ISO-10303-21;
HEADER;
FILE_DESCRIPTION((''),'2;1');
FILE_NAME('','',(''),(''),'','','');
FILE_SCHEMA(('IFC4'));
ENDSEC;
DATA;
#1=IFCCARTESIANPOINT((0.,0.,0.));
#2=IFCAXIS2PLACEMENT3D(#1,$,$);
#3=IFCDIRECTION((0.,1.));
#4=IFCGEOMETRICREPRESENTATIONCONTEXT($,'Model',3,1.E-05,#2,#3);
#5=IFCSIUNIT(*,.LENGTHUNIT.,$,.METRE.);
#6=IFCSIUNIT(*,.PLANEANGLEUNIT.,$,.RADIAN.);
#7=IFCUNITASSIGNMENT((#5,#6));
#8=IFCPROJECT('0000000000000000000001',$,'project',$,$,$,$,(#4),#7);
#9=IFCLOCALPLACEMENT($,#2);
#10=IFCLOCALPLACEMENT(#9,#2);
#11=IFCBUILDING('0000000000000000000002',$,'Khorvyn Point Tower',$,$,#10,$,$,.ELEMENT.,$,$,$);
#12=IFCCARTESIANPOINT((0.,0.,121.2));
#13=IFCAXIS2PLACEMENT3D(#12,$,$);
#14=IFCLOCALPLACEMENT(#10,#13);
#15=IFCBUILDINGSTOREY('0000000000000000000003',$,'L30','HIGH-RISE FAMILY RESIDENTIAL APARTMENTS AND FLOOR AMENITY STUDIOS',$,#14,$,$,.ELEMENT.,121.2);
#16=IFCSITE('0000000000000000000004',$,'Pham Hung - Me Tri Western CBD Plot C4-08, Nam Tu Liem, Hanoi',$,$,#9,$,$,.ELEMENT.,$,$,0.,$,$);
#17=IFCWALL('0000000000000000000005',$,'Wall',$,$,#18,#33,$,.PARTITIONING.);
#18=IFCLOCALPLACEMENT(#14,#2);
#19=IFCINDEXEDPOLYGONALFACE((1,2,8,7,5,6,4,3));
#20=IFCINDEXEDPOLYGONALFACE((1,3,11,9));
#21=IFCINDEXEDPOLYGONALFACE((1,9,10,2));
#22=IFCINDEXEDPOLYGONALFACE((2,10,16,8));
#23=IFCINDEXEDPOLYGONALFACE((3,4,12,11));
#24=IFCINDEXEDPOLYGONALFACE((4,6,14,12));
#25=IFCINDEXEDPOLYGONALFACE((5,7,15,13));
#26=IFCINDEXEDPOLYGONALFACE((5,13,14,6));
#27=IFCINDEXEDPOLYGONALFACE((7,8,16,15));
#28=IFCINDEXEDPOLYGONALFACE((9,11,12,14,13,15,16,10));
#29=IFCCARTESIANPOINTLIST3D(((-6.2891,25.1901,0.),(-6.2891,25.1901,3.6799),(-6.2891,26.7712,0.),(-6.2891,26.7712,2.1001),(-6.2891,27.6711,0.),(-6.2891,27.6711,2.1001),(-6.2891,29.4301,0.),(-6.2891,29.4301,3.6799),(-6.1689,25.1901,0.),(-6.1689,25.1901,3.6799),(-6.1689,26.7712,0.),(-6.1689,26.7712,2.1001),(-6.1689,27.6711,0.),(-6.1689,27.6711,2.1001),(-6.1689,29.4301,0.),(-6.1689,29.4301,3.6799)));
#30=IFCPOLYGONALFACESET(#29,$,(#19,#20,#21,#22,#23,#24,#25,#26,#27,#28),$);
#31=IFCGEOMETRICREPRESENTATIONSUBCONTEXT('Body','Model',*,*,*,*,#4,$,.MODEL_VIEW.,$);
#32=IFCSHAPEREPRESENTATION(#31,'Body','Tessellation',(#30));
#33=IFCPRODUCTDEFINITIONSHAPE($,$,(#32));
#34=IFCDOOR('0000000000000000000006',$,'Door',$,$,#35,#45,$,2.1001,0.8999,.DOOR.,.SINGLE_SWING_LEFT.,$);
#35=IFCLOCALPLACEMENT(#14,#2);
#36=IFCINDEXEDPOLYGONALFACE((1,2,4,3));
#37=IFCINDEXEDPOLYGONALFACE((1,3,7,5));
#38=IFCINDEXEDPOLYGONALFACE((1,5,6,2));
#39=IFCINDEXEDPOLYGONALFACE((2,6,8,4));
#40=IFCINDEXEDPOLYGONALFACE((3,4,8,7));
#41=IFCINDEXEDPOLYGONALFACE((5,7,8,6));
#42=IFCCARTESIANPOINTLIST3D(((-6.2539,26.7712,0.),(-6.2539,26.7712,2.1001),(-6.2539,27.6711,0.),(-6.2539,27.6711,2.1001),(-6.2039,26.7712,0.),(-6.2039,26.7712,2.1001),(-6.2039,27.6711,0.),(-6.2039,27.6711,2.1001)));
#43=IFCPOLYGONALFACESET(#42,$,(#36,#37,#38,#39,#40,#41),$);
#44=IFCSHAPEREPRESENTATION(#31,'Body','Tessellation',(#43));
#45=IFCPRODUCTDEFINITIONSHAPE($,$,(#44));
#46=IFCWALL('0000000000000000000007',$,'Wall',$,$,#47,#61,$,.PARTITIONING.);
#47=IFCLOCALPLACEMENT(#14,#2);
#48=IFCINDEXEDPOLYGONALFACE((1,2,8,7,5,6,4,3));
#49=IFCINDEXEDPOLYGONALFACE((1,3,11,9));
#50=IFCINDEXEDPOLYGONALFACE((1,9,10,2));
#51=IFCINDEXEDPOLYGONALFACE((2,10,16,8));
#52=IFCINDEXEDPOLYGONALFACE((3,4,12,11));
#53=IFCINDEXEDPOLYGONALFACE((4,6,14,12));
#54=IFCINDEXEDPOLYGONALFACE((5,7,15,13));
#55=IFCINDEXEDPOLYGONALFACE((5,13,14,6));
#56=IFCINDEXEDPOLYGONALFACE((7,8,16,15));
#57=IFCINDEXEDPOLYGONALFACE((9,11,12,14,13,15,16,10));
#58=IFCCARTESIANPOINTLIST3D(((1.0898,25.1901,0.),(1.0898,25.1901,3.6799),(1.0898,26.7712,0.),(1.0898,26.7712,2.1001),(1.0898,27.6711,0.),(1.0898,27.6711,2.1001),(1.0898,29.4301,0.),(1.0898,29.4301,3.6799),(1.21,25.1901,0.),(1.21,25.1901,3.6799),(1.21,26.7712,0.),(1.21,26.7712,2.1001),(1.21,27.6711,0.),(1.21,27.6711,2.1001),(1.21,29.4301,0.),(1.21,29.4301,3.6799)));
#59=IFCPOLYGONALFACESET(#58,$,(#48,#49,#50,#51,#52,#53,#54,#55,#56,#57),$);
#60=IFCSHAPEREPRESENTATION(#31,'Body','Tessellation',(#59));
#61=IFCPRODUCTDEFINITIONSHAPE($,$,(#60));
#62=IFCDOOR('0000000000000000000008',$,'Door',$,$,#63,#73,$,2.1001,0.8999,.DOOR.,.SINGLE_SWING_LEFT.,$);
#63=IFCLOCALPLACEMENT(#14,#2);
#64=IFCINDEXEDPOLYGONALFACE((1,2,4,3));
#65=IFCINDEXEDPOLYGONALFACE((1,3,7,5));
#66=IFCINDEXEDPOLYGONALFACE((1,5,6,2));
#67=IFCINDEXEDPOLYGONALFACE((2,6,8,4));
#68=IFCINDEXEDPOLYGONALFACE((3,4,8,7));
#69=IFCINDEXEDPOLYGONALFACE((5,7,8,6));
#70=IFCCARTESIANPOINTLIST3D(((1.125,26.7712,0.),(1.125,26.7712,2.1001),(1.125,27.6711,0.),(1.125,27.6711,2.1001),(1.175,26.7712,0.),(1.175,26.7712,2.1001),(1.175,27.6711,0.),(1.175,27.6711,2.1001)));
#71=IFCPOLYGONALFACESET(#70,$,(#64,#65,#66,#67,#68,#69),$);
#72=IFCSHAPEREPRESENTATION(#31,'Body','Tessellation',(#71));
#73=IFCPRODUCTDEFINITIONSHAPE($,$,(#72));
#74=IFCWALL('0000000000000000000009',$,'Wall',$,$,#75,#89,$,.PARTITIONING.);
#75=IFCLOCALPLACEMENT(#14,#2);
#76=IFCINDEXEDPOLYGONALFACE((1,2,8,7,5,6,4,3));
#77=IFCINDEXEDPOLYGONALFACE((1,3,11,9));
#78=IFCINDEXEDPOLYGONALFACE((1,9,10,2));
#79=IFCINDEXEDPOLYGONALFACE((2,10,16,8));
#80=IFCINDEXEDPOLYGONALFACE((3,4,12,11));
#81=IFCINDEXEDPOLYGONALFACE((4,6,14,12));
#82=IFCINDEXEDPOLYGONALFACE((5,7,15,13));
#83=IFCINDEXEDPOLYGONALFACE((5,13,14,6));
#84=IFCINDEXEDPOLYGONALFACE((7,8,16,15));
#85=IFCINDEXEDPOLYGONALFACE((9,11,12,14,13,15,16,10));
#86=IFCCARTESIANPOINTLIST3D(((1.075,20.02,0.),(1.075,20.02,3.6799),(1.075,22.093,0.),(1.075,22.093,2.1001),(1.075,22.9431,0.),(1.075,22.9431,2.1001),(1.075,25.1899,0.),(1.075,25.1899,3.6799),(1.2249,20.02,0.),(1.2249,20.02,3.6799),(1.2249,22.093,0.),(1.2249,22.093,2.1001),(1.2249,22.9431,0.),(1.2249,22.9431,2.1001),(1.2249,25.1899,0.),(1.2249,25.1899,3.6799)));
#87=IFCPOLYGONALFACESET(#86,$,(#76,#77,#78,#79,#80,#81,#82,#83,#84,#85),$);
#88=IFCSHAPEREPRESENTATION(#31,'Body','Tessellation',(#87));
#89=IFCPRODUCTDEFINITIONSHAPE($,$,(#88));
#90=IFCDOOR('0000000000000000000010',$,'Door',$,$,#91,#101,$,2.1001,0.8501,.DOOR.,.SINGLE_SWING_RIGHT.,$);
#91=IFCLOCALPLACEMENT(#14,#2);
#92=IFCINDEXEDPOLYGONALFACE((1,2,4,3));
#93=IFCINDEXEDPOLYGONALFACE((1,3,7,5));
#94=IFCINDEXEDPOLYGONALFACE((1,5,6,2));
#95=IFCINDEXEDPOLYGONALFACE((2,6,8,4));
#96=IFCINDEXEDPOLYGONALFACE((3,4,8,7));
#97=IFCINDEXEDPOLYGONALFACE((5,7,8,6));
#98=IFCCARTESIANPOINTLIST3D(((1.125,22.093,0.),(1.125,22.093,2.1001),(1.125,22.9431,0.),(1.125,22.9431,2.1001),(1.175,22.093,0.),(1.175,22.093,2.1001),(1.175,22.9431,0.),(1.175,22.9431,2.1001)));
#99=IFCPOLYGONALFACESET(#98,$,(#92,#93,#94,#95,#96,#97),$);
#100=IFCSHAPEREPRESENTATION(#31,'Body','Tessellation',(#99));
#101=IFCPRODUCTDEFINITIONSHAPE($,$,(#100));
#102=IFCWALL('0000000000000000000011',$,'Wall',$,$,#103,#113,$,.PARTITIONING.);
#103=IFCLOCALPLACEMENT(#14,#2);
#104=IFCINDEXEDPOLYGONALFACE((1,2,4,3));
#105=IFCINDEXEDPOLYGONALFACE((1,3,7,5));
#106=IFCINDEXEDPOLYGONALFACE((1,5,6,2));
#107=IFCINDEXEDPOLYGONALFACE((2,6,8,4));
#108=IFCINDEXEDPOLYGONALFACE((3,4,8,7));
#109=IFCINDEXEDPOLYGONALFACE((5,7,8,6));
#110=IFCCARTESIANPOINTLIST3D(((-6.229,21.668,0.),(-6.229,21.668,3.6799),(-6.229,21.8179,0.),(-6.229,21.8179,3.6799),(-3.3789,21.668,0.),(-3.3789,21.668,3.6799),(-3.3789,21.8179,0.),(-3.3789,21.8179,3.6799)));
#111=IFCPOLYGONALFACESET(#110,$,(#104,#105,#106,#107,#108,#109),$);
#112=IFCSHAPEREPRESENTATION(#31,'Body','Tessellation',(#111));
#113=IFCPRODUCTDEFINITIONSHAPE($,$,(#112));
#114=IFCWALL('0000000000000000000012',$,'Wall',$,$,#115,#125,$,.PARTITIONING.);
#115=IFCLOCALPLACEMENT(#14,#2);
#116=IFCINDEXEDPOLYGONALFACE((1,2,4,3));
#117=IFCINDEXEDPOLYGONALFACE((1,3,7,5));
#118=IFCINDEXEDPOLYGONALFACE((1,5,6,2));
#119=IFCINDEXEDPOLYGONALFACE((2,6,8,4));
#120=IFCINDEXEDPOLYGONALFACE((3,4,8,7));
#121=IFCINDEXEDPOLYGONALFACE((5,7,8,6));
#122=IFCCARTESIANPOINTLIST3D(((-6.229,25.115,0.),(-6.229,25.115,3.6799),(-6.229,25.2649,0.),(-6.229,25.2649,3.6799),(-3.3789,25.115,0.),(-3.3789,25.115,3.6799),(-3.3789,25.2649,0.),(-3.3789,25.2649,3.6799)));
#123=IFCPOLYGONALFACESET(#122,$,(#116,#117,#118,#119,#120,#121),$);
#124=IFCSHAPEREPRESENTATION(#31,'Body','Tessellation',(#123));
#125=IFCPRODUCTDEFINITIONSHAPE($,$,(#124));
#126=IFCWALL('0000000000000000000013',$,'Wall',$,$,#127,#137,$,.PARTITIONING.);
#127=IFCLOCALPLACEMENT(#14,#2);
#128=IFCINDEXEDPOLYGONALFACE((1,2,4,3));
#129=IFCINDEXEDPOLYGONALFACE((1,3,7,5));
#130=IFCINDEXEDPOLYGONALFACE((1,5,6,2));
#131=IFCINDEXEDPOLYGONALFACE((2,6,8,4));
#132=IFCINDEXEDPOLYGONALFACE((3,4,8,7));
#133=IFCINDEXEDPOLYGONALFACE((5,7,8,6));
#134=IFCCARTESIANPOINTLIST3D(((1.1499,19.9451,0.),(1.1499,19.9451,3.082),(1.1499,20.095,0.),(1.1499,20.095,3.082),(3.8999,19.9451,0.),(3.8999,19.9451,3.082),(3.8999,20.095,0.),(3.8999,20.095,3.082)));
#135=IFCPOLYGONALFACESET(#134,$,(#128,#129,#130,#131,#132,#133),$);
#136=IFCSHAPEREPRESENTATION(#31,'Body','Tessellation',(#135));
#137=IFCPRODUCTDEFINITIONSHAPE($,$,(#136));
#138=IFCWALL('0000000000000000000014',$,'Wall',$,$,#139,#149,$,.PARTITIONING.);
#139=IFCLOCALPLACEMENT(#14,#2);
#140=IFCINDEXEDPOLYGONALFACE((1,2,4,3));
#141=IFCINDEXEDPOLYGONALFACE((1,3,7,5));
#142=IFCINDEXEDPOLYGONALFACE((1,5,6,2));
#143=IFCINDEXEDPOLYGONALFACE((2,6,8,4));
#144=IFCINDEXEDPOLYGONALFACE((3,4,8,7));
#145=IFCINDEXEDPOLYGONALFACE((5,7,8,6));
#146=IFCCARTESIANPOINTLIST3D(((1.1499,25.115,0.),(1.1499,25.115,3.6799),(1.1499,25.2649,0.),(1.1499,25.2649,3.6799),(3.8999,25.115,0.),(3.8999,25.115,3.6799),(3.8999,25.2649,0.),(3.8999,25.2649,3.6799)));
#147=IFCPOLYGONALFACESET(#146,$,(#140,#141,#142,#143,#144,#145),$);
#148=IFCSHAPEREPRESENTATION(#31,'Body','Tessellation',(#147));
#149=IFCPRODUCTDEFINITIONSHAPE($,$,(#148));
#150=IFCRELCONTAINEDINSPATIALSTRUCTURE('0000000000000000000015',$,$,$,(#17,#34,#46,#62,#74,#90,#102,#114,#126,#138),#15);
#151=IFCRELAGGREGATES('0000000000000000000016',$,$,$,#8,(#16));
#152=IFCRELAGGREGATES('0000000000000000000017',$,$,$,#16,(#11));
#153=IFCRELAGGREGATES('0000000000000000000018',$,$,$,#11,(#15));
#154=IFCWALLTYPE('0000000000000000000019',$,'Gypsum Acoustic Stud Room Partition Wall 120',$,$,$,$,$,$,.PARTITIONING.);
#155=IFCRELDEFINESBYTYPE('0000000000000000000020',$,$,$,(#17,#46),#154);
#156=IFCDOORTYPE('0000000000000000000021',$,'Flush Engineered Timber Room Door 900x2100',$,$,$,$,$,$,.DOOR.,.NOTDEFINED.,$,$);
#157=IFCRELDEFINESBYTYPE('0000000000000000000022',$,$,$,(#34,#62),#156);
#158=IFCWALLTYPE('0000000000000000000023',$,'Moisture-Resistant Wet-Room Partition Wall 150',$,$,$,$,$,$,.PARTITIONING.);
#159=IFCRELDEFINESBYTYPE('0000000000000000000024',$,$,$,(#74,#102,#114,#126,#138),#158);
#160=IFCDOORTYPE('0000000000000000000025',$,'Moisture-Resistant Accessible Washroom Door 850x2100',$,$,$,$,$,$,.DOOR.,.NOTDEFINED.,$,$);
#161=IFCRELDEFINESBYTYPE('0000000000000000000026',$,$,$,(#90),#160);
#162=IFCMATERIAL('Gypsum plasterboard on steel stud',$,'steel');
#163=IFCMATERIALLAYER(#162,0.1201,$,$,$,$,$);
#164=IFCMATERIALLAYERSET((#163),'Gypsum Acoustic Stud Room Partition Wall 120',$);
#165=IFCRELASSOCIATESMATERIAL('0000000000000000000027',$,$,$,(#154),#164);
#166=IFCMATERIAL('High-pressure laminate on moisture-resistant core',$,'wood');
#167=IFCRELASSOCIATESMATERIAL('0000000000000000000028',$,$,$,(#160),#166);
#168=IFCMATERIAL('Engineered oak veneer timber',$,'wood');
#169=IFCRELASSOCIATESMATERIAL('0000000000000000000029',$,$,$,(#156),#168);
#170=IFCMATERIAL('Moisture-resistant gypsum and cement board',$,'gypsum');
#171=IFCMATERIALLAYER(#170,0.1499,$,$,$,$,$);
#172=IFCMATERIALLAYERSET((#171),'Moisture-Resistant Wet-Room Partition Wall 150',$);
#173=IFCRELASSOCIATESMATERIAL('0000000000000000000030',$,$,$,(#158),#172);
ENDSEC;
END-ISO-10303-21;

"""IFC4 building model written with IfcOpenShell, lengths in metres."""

from ifc_helpers import new_model, si_unit, direction, frame, frame_2d, origin, place, context, subcontext, project, spatial, rectangle, extrude, material, layer, layer_set, type_object, element, fill, save


model = new_model("IFC4")

# Units and contexts
model_context = context("Model", 3, precision=1e-05, world=origin(), true_north=direction((0.0, 1.0)))
body_context = subcontext(model_context, "Body", "Model", "MODEL_VIEW")
ifc_project = project(units=[si_unit("LENGTHUNIT", "METRE"), si_unit("PLANEANGLEUNIT", "RADIAN")], contexts=[model_context])

# Site, building, storey
site_placement = place(None, origin())
site = spatial("IfcSite", under=ifc_project, at=site_placement, Name="Pham Hung - Me Tri Western CBD Plot C4-08, Nam Tu Liem, Hanoi", CompositionType="ELEMENT", RefElevation=0.0)
building_placement = place(site_placement, origin())
building = spatial("IfcBuilding", under=site, at=building_placement, Name="Khorvyn Point Tower", CompositionType="ELEMENT")
storey_placement = place(building_placement, frame((0.0, 0.0, 121.2)))
storey = spatial("IfcBuildingStorey", under=building, at=storey_placement, Name="L30", Description="HIGH-RISE FAMILY RESIDENTIAL APARTMENTS AND FLOOR AMENITY STUDIOS", CompositionType="ELEMENT", Elevation=121.2)

# Walls, openings, doors
ifc_material_1 = material(Name="Gypsum plasterboard on steel stud", Category="steel")
ifc_layer_1 = layer(ifc_material_1, 0.1201)
ifc_layer_set_1 = layer_set([ifc_layer_1], Name="Gypsum Acoustic Stud Room Partition Wall 120")
wall_type_1 = type_object("IfcWallType", Name="Gypsum Acoustic Stud Room Partition Wall 120", PredefinedType="PARTITIONING", material=ifc_layer_set_1)
ifc_material_2 = material(Name="High-pressure laminate on moisture-resistant core", Category="wood")
door_type_1 = type_object("IfcDoorType", Name="Moisture-Resistant Accessible Washroom Door 850x2100", OperationType="NOTDEFINED", PredefinedType="DOOR", material=ifc_material_2)
wall_1_placement = place(storey_placement, frame((-6.229, 25.1899, 0.0), z_axis=(0.0, 0.0, 1.0), x_axis=(0.0, 1.0, 0.0)))
wall_1 = element("IfcWall", 1, at=wall_1_placement, inside=storey, type_object=wall_type_1, Name="Wall", PredefinedType="PARTITIONING", context=body_context, shape_type="SweptSolid", body=[
    extrude(rectangle(XDim=4.24, YDim=0.1201, at=frame_2d((2.1201, 0.0))), origin(), (0.0, 0.0, 1.0), 3.6799),
])
opening_1_placement = place(wall_1_placement, frame((1.5813, 0.0, 0.0)))
opening_1 = element("IfcOpeningElement", 2, at=opening_1_placement, cuts=wall_1, PredefinedType="OPENING", context=body_context, shape_type="SweptSolid", body=[
    extrude(rectangle(XDim=0.8999, YDim=2.1001, at=frame_2d((0.45, 1.05))), frame((0.0, 0.0701, 0.0), z_axis=(0.0, -1.0, 0.0), x_axis=(1.0, 0.0, 0.0)), (0.0, 0.0, 1.0), 0.1401),
])
ifc_material_3 = material(Name="Engineered oak veneer timber", Category="wood")
door_type_2 = type_object("IfcDoorType", Name="Flush Engineered Timber Room Door 900x2100", OperationType="NOTDEFINED", PredefinedType="DOOR", material=ifc_material_3)
door_1_placement = place(opening_1_placement, origin())
door_1 = element("IfcDoor", 3, at=door_1_placement, inside=storey, type_object=door_type_2, Name="Door", OperationType="SINGLE_SWING_LEFT", OverallHeight=2.1001, OverallWidth=0.8999, PredefinedType="DOOR", context=body_context, shape_type="SweptSolid", body=[
    extrude(rectangle(XDim=0.8999, YDim=2.1001, at=frame_2d((0.45, 1.05))), frame((0.0, 0.0249, 0.0), z_axis=(0.0, -1.0, 0.0), x_axis=(1.0, 0.0, 0.0)), (0.0, 0.0, 1.0), 0.05),
])
fill(opening_1, door_1)
wall_2_placement = place(storey_placement, frame((1.1499, 25.1899, 0.0), z_axis=(0.0, 0.0, 1.0), x_axis=(0.0, 1.0, 0.0)))
wall_2 = element("IfcWall", 4, at=wall_2_placement, inside=storey, type_object=wall_type_1, Name="Wall", PredefinedType="PARTITIONING", context=body_context, shape_type="SweptSolid", body=[
    extrude(rectangle(XDim=4.24, YDim=0.1201, at=frame_2d((2.1201, 0.0))), origin(), (0.0, 0.0, 1.0), 3.6799),
])
opening_2_placement = place(wall_2_placement, frame((1.5813, 0.0, 0.0)))
opening_2 = element("IfcOpeningElement", 5, at=opening_2_placement, cuts=wall_2, PredefinedType="OPENING", context=body_context, shape_type="SweptSolid", body=[
    extrude(rectangle(XDim=0.8999, YDim=2.1001, at=frame_2d((0.45, 1.05))), frame((0.0, 0.0701, 0.0), z_axis=(0.0, -1.0, 0.0), x_axis=(1.0, 0.0, 0.0)), (0.0, 0.0, 1.0), 0.1401),
])
door_2_placement = place(opening_2_placement, origin())
door_2 = element("IfcDoor", 6, at=door_2_placement, inside=storey, type_object=door_type_2, Name="Door", OperationType="SINGLE_SWING_LEFT", OverallHeight=2.1001, OverallWidth=0.8999, PredefinedType="DOOR", context=body_context, shape_type="SweptSolid", body=[
    extrude(rectangle(XDim=0.8999, YDim=2.1001, at=frame_2d((0.45, 1.05))), frame((0.0, 0.0249, 0.0), z_axis=(0.0, -1.0, 0.0), x_axis=(1.0, 0.0, 0.0)), (0.0, 0.0, 1.0), 0.05),
])
fill(opening_2, door_2)
ifc_material_4 = material(Name="Moisture-resistant gypsum and cement board", Category="gypsum")
ifc_layer_2 = layer(ifc_material_4, 0.1499)
ifc_layer_set_2 = layer_set([ifc_layer_2], Name="Moisture-Resistant Wet-Room Partition Wall 150")
wall_type_2 = type_object("IfcWallType", Name="Moisture-Resistant Wet-Room Partition Wall 150", PredefinedType="PARTITIONING", material=ifc_layer_set_2)
wall_3_placement = place(storey_placement, frame((1.1499, 20.02, 0.0), z_axis=(0.0, 0.0, 1.0), x_axis=(0.0, 1.0, 0.0)))
wall_3 = element("IfcWall", 7, at=wall_3_placement, inside=storey, type_object=wall_type_2, Name="Wall", PredefinedType="PARTITIONING", context=body_context, shape_type="SweptSolid", body=[
    extrude(rectangle(XDim=5.1699, YDim=0.1499, at=frame_2d((2.585, 0.0))), origin(), (0.0, 0.0, 1.0), 3.6799),
])
opening_3_placement = place(wall_3_placement, frame((2.073, 0.0, 0.0)))
opening_3 = element("IfcOpeningElement", 8, at=opening_3_placement, cuts=wall_3, PredefinedType="OPENING", context=body_context, shape_type="SweptSolid", body=[
    extrude(rectangle(XDim=0.8501, YDim=2.1001, at=frame_2d((0.425, 1.05))), frame((0.0, 0.085, 0.0), z_axis=(0.0, -1.0, 0.0), x_axis=(1.0, 0.0, 0.0)), (0.0, 0.0, 1.0), 0.1699),
])
door_3_placement = place(opening_3_placement, origin())
door_3 = element("IfcDoor", 9, at=door_3_placement, inside=storey, type_object=door_type_1, Name="Door", OperationType="SINGLE_SWING_RIGHT", OverallHeight=2.1001, OverallWidth=0.8501, PredefinedType="DOOR", context=body_context, shape_type="SweptSolid", body=[
    extrude(rectangle(XDim=0.8501, YDim=2.1001, at=frame_2d((0.425, 1.05))), frame((0.0, 0.0249, 0.0), z_axis=(0.0, -1.0, 0.0), x_axis=(1.0, 0.0, 0.0)), (0.0, 0.0, 1.0), 0.05),
])
fill(opening_3, door_3)

# Walls
for number, where, z_axis, x_axis, name in (
    (10, (-6.229, 21.7429, 0.0), (0.0, 0.0, 1.0), (1.0, 0.0, 0.0), "Wall"),
    (11, (-6.229, 25.1899, 0.0), (0.0, 0.0, 1.0), (1.0, 0.0, 0.0), "Wall"),
):
    element("IfcWall", number, at=place(storey_placement, frame(where, z_axis=z_axis, x_axis=x_axis)), inside=storey, type_object=wall_type_2, Name=name, PredefinedType="PARTITIONING", context=body_context, shape_type="SweptSolid", body=[
        extrude(rectangle(XDim=2.8501, YDim=0.1499, at=frame_2d((1.425, 0.0))), origin(), (0.0, 0.0, 1.0), 3.6799),
    ])
wall_4_placement = place(storey_placement, frame((1.1499, 20.02, 0.0), z_axis=(0.0, 0.0, 1.0), x_axis=(1.0, 0.0, 0.0)))
element("IfcWall", 12, at=wall_4_placement, inside=storey, type_object=wall_type_2, Name="Wall", PredefinedType="PARTITIONING", context=body_context, shape_type="SweptSolid", body=[
    extrude(rectangle(XDim=2.75, YDim=0.1499, at=frame_2d((1.375, 0.0))), origin(), (0.0, 0.0, 1.0), 3.082),
])
wall_5_placement = place(storey_placement, frame((1.1499, 25.1899, 0.0), z_axis=(0.0, 0.0, 1.0), x_axis=(1.0, 0.0, 0.0)))
element("IfcWall", 13, at=wall_5_placement, inside=storey, type_object=wall_type_2, Name="Wall", PredefinedType="PARTITIONING", context=body_context, shape_type="SweptSolid", body=[
    extrude(rectangle(XDim=2.75, YDim=0.1499, at=frame_2d((1.375, 0.0))), origin(), (0.0, 0.0, 1.0), 3.6799),
])

save(model, "model.ifc")
